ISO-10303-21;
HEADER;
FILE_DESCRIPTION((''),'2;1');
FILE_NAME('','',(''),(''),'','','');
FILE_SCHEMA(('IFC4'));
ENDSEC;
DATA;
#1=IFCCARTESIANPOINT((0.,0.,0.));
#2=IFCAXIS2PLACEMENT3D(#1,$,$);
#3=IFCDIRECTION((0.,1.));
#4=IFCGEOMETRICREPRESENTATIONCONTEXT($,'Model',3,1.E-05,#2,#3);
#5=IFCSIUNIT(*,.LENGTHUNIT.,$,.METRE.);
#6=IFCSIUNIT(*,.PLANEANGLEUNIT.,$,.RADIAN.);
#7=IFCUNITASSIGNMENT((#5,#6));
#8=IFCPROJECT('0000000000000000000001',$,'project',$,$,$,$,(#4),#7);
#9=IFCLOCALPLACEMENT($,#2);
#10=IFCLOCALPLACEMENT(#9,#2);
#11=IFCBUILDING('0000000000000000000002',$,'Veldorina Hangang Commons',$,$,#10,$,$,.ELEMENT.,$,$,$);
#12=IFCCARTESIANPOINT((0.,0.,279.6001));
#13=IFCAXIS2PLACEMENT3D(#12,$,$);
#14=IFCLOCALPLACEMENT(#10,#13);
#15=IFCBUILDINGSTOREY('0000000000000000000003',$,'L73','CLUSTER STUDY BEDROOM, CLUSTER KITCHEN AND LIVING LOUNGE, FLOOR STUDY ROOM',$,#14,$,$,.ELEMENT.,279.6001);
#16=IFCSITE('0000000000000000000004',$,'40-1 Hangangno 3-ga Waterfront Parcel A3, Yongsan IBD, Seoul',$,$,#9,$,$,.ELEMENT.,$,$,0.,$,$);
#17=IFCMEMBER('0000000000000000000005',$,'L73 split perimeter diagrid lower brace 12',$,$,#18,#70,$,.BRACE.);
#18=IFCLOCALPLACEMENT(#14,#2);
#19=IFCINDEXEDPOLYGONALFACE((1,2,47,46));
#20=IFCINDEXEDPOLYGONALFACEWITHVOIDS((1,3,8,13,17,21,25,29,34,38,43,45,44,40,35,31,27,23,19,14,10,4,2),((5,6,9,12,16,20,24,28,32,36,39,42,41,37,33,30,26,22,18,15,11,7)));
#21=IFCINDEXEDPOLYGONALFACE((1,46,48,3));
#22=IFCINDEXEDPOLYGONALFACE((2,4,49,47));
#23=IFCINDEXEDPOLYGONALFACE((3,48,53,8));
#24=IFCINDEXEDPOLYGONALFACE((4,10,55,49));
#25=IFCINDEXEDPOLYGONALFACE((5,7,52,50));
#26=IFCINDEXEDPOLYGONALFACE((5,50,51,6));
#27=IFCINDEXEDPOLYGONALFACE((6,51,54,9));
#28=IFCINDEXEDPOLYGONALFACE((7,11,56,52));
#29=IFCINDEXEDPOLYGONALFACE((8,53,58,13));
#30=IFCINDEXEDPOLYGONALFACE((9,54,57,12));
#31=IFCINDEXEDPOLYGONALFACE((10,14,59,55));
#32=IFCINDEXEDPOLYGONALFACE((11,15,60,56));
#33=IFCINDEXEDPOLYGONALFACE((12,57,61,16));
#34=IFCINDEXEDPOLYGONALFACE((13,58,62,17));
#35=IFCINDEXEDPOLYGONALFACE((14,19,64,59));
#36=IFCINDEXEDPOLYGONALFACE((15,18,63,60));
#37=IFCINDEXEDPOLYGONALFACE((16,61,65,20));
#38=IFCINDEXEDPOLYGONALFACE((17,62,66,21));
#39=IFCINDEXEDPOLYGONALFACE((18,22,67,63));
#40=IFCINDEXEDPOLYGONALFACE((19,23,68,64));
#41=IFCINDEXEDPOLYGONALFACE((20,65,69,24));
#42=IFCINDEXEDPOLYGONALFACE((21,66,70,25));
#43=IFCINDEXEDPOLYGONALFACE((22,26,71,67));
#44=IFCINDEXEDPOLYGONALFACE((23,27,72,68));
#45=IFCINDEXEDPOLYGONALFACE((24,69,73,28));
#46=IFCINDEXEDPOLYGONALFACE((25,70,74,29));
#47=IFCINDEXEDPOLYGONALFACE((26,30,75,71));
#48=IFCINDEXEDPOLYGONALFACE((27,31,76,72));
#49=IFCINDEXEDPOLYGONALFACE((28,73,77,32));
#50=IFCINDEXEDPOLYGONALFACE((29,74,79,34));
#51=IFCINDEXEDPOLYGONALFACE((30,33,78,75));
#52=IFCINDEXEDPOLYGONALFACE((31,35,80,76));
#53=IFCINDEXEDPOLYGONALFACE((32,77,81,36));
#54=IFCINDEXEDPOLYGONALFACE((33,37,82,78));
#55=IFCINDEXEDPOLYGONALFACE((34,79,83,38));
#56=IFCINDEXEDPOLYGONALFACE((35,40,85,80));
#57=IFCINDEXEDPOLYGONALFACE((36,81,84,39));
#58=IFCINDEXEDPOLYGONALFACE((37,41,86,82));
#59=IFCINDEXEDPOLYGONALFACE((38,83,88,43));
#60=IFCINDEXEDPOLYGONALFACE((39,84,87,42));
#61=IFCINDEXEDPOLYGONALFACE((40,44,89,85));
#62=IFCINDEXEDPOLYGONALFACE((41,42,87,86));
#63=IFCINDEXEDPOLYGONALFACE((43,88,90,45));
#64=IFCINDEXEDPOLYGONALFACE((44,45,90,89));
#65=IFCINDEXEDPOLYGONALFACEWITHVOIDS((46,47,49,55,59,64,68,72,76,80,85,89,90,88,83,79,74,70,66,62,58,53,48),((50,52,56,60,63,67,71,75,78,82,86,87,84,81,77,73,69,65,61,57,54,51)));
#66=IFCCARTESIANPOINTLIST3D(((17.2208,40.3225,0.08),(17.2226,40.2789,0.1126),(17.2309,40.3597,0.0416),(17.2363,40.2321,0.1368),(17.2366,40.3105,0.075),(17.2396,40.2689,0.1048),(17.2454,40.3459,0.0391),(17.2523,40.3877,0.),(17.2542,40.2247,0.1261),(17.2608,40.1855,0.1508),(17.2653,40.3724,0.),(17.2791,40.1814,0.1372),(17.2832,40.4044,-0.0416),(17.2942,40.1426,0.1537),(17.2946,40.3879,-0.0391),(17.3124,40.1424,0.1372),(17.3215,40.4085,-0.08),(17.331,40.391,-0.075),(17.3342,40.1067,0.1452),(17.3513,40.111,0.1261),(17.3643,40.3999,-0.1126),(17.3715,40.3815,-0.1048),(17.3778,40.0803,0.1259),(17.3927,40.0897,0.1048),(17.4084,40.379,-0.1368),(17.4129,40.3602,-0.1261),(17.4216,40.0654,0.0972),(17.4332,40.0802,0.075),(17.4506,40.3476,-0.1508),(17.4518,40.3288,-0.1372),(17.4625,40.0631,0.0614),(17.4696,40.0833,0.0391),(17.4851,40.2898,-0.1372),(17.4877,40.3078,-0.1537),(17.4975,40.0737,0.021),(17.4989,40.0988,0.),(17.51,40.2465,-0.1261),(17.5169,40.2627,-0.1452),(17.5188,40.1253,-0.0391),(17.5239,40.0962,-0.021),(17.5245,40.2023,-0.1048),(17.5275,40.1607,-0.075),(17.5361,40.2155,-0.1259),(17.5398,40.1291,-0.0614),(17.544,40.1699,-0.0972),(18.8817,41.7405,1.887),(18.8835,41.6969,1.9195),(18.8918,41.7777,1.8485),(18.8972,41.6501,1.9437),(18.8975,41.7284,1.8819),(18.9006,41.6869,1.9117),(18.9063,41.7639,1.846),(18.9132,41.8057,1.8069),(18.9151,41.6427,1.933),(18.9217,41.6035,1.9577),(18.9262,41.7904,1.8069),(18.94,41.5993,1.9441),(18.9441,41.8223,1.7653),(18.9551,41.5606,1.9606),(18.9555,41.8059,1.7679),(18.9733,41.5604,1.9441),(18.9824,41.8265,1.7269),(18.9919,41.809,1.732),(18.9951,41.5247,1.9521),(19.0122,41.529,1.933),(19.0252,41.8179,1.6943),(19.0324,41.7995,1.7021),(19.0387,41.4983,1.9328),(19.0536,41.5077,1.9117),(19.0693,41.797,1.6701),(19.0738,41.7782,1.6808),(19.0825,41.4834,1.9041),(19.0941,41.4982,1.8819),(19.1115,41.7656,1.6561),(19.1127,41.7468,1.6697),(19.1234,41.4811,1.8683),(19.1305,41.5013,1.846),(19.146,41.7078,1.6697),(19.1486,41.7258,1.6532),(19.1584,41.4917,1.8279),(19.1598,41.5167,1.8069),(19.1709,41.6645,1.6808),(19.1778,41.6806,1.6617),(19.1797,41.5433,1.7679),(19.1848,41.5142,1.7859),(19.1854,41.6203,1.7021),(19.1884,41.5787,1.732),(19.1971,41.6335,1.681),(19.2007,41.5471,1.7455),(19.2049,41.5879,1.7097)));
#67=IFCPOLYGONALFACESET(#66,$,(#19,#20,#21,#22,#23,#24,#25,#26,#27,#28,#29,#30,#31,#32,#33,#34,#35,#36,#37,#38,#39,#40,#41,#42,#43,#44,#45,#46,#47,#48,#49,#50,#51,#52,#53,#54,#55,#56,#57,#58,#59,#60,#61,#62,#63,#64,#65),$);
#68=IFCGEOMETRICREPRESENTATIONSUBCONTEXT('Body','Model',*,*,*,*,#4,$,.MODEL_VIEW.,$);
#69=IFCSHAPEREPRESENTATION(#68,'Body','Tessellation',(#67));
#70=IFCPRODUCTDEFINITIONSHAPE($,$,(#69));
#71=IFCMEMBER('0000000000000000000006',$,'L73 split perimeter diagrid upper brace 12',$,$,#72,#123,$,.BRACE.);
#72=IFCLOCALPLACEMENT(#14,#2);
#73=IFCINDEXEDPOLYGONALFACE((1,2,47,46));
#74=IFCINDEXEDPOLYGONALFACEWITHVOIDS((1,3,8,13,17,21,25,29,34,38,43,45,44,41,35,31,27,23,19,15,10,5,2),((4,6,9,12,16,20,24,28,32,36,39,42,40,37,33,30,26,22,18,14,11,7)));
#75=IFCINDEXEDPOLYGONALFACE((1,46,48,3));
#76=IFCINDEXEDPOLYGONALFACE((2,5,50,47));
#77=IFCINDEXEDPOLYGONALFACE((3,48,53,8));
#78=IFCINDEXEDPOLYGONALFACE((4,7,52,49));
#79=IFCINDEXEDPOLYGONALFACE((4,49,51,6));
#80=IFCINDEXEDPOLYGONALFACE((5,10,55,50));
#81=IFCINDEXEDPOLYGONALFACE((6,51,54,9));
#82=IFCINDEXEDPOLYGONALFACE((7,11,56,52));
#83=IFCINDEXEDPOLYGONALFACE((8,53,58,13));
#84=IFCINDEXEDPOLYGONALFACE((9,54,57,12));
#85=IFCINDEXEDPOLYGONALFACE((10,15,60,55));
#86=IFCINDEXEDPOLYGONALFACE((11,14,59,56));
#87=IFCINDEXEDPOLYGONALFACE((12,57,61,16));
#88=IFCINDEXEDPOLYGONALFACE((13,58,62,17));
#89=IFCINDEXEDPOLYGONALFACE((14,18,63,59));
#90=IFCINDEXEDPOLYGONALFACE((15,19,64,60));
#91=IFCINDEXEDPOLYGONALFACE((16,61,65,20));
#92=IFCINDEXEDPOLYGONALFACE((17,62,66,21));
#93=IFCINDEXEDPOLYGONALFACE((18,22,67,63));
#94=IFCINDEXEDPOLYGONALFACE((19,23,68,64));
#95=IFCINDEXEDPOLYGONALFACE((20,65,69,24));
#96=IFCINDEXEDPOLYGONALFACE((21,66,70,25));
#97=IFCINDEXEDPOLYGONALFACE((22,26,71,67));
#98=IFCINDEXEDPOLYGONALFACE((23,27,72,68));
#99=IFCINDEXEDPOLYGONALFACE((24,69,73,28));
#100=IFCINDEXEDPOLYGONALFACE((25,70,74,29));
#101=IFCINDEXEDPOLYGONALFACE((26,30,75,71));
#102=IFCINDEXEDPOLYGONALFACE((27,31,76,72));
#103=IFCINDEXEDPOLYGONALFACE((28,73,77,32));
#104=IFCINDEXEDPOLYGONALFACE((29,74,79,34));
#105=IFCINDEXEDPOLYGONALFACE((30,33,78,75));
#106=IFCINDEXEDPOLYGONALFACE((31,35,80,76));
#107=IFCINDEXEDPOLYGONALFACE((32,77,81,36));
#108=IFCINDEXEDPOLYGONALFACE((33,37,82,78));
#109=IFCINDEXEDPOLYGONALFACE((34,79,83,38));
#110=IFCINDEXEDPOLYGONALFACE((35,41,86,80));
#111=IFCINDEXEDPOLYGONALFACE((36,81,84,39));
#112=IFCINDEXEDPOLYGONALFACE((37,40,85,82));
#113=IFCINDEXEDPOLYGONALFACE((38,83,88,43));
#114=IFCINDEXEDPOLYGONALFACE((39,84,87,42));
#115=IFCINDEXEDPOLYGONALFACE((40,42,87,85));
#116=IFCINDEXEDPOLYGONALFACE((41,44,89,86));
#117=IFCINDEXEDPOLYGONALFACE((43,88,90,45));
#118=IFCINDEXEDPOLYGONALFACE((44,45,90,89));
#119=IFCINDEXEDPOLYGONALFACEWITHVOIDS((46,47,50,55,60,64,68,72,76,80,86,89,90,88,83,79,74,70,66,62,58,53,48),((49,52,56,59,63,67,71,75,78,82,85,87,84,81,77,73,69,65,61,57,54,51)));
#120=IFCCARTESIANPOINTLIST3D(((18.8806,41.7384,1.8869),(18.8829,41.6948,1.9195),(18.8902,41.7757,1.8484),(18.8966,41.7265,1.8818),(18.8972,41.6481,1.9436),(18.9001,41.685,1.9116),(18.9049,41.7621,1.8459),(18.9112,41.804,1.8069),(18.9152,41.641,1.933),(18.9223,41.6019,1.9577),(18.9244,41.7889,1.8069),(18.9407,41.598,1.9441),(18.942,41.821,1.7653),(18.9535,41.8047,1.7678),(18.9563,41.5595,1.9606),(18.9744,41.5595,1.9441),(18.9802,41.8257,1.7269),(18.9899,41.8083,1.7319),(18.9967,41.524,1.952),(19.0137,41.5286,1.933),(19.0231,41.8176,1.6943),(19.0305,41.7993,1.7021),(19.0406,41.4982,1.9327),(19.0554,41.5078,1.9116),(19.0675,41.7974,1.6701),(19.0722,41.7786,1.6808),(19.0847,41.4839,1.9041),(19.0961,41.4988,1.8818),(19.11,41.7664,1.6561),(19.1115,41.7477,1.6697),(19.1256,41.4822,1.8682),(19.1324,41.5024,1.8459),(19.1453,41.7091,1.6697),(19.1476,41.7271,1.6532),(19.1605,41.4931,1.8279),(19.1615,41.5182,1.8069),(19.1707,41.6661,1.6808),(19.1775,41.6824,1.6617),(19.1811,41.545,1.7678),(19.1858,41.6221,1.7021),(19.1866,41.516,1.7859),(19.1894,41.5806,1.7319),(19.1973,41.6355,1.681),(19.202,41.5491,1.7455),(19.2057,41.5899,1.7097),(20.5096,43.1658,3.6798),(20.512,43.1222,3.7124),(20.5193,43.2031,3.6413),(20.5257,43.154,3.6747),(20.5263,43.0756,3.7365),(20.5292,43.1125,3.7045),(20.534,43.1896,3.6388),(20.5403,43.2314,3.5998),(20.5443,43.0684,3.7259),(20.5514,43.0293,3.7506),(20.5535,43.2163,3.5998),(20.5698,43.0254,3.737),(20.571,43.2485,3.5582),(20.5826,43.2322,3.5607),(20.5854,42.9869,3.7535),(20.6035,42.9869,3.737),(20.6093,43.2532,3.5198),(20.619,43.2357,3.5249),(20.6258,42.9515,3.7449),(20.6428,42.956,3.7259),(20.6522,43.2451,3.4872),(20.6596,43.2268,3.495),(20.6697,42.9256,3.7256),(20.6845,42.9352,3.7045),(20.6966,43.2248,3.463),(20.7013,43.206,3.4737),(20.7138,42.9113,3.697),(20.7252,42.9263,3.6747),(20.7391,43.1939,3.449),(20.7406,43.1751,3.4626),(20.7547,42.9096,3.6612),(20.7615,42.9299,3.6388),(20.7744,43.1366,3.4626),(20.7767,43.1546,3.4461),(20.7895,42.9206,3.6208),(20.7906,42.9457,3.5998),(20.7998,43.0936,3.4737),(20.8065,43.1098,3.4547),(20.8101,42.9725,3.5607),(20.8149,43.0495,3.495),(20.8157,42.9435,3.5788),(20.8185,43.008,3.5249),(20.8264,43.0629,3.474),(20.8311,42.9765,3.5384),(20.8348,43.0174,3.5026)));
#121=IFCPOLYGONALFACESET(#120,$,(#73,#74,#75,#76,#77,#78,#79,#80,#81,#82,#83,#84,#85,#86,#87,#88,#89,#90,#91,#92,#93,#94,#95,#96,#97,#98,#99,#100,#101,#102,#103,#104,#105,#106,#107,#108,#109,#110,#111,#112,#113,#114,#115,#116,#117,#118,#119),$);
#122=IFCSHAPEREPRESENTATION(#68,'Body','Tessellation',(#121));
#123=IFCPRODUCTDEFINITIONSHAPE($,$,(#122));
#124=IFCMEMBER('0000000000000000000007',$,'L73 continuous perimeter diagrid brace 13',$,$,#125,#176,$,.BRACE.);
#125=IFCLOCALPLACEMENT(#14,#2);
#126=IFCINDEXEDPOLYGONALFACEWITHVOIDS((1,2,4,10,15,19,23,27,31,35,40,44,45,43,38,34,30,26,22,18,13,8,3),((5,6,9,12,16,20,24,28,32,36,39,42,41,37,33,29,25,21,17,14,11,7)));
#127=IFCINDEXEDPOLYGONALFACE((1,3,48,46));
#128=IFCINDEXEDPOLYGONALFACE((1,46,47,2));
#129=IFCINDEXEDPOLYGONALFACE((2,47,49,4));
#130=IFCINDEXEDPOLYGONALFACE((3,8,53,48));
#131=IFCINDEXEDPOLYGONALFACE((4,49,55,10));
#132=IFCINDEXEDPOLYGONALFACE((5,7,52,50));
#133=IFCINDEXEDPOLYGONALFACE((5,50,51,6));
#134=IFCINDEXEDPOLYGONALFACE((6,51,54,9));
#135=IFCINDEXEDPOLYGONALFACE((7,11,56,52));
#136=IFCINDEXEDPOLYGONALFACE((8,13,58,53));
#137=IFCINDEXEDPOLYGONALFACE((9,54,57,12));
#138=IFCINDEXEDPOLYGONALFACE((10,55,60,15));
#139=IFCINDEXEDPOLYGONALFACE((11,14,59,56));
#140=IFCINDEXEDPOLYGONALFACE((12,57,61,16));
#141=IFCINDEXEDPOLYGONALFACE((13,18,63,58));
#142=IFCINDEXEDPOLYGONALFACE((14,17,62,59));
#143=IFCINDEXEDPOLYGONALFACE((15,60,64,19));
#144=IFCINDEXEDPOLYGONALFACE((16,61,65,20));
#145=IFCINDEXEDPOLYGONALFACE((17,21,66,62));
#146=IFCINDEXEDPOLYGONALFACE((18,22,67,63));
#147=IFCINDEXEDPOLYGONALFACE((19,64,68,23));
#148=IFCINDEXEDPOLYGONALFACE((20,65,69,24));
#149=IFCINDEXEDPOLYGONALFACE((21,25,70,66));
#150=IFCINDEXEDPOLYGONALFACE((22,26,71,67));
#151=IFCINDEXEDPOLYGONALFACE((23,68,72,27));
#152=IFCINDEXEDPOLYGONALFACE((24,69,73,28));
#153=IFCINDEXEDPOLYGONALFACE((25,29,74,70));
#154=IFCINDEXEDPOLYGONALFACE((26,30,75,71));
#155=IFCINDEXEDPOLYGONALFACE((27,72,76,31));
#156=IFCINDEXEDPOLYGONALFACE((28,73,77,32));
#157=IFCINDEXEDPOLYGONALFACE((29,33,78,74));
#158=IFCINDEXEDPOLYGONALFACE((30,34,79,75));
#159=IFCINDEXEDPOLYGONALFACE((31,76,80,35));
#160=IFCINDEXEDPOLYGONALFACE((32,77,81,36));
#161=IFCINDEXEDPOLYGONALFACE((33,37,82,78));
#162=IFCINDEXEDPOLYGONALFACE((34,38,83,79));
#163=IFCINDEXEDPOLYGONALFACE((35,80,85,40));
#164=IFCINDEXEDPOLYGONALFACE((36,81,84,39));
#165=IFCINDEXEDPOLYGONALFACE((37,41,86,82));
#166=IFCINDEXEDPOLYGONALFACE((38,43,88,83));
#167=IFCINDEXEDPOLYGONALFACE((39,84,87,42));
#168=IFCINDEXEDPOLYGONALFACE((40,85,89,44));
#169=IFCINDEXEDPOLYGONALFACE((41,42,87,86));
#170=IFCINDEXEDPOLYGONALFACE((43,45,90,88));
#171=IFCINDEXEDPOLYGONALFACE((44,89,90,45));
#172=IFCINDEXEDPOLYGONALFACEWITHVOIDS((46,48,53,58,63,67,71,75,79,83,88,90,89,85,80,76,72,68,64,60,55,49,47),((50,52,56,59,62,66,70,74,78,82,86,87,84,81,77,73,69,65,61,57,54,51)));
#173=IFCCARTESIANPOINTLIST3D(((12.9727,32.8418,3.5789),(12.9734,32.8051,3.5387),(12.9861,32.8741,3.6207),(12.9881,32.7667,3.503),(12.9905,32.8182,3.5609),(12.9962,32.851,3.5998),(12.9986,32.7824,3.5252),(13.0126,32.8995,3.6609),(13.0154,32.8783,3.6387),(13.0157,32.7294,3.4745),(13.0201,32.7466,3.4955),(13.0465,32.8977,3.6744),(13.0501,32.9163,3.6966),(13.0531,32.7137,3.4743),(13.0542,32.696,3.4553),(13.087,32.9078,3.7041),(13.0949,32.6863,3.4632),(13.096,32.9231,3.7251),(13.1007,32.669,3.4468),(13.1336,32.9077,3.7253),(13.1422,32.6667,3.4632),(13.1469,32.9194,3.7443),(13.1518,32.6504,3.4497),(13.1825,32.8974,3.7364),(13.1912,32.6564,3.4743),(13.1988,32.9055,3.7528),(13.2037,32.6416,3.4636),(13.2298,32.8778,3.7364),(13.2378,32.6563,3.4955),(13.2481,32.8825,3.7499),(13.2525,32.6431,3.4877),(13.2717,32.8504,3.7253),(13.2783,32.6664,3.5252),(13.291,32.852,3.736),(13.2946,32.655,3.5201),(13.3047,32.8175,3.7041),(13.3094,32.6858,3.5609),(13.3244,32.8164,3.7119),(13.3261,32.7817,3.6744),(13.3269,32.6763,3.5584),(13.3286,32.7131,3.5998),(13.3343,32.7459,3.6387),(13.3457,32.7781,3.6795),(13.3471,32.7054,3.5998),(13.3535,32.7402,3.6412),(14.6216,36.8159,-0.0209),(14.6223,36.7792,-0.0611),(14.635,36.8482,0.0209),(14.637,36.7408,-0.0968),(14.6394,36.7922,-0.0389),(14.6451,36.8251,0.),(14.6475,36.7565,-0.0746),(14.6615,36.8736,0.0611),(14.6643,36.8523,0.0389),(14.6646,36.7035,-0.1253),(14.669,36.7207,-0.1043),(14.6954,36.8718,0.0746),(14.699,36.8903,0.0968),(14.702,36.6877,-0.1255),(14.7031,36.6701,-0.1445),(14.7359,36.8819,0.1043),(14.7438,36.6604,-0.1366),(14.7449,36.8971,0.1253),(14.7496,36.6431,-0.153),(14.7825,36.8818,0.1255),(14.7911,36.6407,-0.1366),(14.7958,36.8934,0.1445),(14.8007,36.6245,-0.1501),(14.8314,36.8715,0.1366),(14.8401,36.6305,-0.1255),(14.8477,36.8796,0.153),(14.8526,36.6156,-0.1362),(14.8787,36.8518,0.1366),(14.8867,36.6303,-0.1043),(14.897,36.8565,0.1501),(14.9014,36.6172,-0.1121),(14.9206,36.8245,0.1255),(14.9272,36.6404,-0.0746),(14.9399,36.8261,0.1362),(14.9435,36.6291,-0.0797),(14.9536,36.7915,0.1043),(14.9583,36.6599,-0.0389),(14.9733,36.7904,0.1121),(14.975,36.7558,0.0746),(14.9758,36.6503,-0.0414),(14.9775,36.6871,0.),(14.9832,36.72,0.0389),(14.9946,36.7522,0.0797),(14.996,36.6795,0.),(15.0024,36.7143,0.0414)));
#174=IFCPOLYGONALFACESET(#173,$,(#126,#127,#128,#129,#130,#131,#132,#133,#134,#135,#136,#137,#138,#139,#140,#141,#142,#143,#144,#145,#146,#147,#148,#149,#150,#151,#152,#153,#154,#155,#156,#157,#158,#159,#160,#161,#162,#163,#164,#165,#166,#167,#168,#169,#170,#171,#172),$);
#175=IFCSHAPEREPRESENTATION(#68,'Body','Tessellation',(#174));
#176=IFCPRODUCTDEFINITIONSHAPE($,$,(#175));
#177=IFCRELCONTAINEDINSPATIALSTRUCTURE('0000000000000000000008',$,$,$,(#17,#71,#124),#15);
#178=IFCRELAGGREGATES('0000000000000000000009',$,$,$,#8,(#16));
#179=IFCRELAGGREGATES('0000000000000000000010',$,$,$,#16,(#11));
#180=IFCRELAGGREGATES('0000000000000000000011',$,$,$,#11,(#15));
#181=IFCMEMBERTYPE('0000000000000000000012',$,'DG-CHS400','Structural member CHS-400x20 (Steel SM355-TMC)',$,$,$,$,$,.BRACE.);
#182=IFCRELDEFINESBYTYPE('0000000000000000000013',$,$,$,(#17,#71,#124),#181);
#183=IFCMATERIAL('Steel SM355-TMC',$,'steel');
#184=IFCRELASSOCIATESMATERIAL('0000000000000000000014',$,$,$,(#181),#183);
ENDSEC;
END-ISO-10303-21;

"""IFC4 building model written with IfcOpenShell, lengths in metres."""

from ifc_helpers import new_model, si_unit, direction, frame, origin, origin_2d, place, context, subcontext, project, spatial, hollow_circle, extrude, material, material_profile, profile_set, type_object, element, save


model = new_model("IFC4")

# Units and contexts
model_context = context("Model", 3, precision=1e-05, world=origin(), true_north=direction((0.0, 1.0)))
body_context = subcontext(model_context, "Body", "Model", "MODEL_VIEW")
ifc_project = project(units=[si_unit("LENGTHUNIT", "METRE"), si_unit("PLANEANGLEUNIT", "RADIAN")], contexts=[model_context])

# Site, building, storey
site_placement = place(None, origin())
site = spatial("IfcSite", under=ifc_project, at=site_placement, Name="40-1 Hangangno 3-ga Waterfront Parcel A3, Yongsan IBD, Seoul", CompositionType="ELEMENT", RefElevation=0.0)
building_placement = place(site_placement, origin())
building = spatial("IfcBuilding", under=site, at=building_placement, Name="Veldorina Hangang Commons", CompositionType="ELEMENT")
storey_placement = place(building_placement, frame((0.0, 0.0, 279.6001)))
storey = spatial("IfcBuildingStorey", under=building, at=storey_placement, Name="L73", Description="CLUSTER STUDY BEDROOM, CLUSTER KITCHEN AND LIVING LOUNGE, FLOOR STUDY ROOM", CompositionType="ELEMENT", Elevation=279.6001)

# Shared definitions
ifc_material_1 = material(Name="Steel SM355-TMC", Category="steel")

# Members
ifc_material_profile_1 = material_profile(ifc_material_1, hollow_circle(Radius=0.2, WallThickness=0.02, at=origin_2d()), Name="CHS-400x20")
ifc_profile_set_1 = profile_set([ifc_material_profile_1], Name="Steel SM355-TMC")
member_type_1 = type_object("IfcMemberType", Name="DG-CHS400", Description="Structural member CHS-400x20 (Steel SM355-TMC)", PredefinedType="BRACE", material=ifc_profile_set_1)
member_1_placement = place(storey_placement, frame((17.3821, 40.2356, 0.0), z_axis=(0.585968, 0.500265, 0.637476), x_axis=(-0.649299, 0.760534, 0.0)))
element("IfcMember", 1, at=member_1_placement, inside=storey, type_object=member_type_1, Name="L73 split perimeter diagrid lower brace 12", PredefinedType="BRACE", context=body_context, shape_type="SweptSolid", body=[
    extrude(hollow_circle(Radius=0.2, WallThickness=0.02, at=origin_2d()), origin(), (0.0, 0.0, 1.0), 2.8345),
])
member_2_placement = place(storey_placement, frame((19.043, 41.6536, 1.8069), z_axis=(0.579384, 0.507666, 0.637644), x_axis=(-0.659023, 0.752123, 0.0)))
element("IfcMember", 2, at=member_2_placement, inside=storey, type_object=member_type_1, Name="L73 split perimeter diagrid upper brace 12", PredefinedType="BRACE", context=body_context, shape_type="SweptSolid", body=[
    extrude(hollow_circle(Radius=0.2, WallThickness=0.02, at=origin_2d()), origin(), (0.0, 0.0, 1.0), 2.8118),
])
member_3_placement = place(storey_placement, frame((14.8113, 36.7561, 0.0), z_axis=(-0.293929, -0.708406, 0.641691), x_axis=(0.92365, -0.383237, 0.0)))
element("IfcMember", 3, at=member_3_placement, inside=storey, type_object=member_type_1, Name="L73 continuous perimeter diagrid brace 13", PredefinedType="BRACE", context=body_context, shape_type="SweptSolid", body=[
    extrude(hollow_circle(Radius=0.2, WallThickness=0.02, at=origin_2d()), origin(), (0.0, 0.0, 1.0), 5.6099),
])

save(model, "model.ifc")
